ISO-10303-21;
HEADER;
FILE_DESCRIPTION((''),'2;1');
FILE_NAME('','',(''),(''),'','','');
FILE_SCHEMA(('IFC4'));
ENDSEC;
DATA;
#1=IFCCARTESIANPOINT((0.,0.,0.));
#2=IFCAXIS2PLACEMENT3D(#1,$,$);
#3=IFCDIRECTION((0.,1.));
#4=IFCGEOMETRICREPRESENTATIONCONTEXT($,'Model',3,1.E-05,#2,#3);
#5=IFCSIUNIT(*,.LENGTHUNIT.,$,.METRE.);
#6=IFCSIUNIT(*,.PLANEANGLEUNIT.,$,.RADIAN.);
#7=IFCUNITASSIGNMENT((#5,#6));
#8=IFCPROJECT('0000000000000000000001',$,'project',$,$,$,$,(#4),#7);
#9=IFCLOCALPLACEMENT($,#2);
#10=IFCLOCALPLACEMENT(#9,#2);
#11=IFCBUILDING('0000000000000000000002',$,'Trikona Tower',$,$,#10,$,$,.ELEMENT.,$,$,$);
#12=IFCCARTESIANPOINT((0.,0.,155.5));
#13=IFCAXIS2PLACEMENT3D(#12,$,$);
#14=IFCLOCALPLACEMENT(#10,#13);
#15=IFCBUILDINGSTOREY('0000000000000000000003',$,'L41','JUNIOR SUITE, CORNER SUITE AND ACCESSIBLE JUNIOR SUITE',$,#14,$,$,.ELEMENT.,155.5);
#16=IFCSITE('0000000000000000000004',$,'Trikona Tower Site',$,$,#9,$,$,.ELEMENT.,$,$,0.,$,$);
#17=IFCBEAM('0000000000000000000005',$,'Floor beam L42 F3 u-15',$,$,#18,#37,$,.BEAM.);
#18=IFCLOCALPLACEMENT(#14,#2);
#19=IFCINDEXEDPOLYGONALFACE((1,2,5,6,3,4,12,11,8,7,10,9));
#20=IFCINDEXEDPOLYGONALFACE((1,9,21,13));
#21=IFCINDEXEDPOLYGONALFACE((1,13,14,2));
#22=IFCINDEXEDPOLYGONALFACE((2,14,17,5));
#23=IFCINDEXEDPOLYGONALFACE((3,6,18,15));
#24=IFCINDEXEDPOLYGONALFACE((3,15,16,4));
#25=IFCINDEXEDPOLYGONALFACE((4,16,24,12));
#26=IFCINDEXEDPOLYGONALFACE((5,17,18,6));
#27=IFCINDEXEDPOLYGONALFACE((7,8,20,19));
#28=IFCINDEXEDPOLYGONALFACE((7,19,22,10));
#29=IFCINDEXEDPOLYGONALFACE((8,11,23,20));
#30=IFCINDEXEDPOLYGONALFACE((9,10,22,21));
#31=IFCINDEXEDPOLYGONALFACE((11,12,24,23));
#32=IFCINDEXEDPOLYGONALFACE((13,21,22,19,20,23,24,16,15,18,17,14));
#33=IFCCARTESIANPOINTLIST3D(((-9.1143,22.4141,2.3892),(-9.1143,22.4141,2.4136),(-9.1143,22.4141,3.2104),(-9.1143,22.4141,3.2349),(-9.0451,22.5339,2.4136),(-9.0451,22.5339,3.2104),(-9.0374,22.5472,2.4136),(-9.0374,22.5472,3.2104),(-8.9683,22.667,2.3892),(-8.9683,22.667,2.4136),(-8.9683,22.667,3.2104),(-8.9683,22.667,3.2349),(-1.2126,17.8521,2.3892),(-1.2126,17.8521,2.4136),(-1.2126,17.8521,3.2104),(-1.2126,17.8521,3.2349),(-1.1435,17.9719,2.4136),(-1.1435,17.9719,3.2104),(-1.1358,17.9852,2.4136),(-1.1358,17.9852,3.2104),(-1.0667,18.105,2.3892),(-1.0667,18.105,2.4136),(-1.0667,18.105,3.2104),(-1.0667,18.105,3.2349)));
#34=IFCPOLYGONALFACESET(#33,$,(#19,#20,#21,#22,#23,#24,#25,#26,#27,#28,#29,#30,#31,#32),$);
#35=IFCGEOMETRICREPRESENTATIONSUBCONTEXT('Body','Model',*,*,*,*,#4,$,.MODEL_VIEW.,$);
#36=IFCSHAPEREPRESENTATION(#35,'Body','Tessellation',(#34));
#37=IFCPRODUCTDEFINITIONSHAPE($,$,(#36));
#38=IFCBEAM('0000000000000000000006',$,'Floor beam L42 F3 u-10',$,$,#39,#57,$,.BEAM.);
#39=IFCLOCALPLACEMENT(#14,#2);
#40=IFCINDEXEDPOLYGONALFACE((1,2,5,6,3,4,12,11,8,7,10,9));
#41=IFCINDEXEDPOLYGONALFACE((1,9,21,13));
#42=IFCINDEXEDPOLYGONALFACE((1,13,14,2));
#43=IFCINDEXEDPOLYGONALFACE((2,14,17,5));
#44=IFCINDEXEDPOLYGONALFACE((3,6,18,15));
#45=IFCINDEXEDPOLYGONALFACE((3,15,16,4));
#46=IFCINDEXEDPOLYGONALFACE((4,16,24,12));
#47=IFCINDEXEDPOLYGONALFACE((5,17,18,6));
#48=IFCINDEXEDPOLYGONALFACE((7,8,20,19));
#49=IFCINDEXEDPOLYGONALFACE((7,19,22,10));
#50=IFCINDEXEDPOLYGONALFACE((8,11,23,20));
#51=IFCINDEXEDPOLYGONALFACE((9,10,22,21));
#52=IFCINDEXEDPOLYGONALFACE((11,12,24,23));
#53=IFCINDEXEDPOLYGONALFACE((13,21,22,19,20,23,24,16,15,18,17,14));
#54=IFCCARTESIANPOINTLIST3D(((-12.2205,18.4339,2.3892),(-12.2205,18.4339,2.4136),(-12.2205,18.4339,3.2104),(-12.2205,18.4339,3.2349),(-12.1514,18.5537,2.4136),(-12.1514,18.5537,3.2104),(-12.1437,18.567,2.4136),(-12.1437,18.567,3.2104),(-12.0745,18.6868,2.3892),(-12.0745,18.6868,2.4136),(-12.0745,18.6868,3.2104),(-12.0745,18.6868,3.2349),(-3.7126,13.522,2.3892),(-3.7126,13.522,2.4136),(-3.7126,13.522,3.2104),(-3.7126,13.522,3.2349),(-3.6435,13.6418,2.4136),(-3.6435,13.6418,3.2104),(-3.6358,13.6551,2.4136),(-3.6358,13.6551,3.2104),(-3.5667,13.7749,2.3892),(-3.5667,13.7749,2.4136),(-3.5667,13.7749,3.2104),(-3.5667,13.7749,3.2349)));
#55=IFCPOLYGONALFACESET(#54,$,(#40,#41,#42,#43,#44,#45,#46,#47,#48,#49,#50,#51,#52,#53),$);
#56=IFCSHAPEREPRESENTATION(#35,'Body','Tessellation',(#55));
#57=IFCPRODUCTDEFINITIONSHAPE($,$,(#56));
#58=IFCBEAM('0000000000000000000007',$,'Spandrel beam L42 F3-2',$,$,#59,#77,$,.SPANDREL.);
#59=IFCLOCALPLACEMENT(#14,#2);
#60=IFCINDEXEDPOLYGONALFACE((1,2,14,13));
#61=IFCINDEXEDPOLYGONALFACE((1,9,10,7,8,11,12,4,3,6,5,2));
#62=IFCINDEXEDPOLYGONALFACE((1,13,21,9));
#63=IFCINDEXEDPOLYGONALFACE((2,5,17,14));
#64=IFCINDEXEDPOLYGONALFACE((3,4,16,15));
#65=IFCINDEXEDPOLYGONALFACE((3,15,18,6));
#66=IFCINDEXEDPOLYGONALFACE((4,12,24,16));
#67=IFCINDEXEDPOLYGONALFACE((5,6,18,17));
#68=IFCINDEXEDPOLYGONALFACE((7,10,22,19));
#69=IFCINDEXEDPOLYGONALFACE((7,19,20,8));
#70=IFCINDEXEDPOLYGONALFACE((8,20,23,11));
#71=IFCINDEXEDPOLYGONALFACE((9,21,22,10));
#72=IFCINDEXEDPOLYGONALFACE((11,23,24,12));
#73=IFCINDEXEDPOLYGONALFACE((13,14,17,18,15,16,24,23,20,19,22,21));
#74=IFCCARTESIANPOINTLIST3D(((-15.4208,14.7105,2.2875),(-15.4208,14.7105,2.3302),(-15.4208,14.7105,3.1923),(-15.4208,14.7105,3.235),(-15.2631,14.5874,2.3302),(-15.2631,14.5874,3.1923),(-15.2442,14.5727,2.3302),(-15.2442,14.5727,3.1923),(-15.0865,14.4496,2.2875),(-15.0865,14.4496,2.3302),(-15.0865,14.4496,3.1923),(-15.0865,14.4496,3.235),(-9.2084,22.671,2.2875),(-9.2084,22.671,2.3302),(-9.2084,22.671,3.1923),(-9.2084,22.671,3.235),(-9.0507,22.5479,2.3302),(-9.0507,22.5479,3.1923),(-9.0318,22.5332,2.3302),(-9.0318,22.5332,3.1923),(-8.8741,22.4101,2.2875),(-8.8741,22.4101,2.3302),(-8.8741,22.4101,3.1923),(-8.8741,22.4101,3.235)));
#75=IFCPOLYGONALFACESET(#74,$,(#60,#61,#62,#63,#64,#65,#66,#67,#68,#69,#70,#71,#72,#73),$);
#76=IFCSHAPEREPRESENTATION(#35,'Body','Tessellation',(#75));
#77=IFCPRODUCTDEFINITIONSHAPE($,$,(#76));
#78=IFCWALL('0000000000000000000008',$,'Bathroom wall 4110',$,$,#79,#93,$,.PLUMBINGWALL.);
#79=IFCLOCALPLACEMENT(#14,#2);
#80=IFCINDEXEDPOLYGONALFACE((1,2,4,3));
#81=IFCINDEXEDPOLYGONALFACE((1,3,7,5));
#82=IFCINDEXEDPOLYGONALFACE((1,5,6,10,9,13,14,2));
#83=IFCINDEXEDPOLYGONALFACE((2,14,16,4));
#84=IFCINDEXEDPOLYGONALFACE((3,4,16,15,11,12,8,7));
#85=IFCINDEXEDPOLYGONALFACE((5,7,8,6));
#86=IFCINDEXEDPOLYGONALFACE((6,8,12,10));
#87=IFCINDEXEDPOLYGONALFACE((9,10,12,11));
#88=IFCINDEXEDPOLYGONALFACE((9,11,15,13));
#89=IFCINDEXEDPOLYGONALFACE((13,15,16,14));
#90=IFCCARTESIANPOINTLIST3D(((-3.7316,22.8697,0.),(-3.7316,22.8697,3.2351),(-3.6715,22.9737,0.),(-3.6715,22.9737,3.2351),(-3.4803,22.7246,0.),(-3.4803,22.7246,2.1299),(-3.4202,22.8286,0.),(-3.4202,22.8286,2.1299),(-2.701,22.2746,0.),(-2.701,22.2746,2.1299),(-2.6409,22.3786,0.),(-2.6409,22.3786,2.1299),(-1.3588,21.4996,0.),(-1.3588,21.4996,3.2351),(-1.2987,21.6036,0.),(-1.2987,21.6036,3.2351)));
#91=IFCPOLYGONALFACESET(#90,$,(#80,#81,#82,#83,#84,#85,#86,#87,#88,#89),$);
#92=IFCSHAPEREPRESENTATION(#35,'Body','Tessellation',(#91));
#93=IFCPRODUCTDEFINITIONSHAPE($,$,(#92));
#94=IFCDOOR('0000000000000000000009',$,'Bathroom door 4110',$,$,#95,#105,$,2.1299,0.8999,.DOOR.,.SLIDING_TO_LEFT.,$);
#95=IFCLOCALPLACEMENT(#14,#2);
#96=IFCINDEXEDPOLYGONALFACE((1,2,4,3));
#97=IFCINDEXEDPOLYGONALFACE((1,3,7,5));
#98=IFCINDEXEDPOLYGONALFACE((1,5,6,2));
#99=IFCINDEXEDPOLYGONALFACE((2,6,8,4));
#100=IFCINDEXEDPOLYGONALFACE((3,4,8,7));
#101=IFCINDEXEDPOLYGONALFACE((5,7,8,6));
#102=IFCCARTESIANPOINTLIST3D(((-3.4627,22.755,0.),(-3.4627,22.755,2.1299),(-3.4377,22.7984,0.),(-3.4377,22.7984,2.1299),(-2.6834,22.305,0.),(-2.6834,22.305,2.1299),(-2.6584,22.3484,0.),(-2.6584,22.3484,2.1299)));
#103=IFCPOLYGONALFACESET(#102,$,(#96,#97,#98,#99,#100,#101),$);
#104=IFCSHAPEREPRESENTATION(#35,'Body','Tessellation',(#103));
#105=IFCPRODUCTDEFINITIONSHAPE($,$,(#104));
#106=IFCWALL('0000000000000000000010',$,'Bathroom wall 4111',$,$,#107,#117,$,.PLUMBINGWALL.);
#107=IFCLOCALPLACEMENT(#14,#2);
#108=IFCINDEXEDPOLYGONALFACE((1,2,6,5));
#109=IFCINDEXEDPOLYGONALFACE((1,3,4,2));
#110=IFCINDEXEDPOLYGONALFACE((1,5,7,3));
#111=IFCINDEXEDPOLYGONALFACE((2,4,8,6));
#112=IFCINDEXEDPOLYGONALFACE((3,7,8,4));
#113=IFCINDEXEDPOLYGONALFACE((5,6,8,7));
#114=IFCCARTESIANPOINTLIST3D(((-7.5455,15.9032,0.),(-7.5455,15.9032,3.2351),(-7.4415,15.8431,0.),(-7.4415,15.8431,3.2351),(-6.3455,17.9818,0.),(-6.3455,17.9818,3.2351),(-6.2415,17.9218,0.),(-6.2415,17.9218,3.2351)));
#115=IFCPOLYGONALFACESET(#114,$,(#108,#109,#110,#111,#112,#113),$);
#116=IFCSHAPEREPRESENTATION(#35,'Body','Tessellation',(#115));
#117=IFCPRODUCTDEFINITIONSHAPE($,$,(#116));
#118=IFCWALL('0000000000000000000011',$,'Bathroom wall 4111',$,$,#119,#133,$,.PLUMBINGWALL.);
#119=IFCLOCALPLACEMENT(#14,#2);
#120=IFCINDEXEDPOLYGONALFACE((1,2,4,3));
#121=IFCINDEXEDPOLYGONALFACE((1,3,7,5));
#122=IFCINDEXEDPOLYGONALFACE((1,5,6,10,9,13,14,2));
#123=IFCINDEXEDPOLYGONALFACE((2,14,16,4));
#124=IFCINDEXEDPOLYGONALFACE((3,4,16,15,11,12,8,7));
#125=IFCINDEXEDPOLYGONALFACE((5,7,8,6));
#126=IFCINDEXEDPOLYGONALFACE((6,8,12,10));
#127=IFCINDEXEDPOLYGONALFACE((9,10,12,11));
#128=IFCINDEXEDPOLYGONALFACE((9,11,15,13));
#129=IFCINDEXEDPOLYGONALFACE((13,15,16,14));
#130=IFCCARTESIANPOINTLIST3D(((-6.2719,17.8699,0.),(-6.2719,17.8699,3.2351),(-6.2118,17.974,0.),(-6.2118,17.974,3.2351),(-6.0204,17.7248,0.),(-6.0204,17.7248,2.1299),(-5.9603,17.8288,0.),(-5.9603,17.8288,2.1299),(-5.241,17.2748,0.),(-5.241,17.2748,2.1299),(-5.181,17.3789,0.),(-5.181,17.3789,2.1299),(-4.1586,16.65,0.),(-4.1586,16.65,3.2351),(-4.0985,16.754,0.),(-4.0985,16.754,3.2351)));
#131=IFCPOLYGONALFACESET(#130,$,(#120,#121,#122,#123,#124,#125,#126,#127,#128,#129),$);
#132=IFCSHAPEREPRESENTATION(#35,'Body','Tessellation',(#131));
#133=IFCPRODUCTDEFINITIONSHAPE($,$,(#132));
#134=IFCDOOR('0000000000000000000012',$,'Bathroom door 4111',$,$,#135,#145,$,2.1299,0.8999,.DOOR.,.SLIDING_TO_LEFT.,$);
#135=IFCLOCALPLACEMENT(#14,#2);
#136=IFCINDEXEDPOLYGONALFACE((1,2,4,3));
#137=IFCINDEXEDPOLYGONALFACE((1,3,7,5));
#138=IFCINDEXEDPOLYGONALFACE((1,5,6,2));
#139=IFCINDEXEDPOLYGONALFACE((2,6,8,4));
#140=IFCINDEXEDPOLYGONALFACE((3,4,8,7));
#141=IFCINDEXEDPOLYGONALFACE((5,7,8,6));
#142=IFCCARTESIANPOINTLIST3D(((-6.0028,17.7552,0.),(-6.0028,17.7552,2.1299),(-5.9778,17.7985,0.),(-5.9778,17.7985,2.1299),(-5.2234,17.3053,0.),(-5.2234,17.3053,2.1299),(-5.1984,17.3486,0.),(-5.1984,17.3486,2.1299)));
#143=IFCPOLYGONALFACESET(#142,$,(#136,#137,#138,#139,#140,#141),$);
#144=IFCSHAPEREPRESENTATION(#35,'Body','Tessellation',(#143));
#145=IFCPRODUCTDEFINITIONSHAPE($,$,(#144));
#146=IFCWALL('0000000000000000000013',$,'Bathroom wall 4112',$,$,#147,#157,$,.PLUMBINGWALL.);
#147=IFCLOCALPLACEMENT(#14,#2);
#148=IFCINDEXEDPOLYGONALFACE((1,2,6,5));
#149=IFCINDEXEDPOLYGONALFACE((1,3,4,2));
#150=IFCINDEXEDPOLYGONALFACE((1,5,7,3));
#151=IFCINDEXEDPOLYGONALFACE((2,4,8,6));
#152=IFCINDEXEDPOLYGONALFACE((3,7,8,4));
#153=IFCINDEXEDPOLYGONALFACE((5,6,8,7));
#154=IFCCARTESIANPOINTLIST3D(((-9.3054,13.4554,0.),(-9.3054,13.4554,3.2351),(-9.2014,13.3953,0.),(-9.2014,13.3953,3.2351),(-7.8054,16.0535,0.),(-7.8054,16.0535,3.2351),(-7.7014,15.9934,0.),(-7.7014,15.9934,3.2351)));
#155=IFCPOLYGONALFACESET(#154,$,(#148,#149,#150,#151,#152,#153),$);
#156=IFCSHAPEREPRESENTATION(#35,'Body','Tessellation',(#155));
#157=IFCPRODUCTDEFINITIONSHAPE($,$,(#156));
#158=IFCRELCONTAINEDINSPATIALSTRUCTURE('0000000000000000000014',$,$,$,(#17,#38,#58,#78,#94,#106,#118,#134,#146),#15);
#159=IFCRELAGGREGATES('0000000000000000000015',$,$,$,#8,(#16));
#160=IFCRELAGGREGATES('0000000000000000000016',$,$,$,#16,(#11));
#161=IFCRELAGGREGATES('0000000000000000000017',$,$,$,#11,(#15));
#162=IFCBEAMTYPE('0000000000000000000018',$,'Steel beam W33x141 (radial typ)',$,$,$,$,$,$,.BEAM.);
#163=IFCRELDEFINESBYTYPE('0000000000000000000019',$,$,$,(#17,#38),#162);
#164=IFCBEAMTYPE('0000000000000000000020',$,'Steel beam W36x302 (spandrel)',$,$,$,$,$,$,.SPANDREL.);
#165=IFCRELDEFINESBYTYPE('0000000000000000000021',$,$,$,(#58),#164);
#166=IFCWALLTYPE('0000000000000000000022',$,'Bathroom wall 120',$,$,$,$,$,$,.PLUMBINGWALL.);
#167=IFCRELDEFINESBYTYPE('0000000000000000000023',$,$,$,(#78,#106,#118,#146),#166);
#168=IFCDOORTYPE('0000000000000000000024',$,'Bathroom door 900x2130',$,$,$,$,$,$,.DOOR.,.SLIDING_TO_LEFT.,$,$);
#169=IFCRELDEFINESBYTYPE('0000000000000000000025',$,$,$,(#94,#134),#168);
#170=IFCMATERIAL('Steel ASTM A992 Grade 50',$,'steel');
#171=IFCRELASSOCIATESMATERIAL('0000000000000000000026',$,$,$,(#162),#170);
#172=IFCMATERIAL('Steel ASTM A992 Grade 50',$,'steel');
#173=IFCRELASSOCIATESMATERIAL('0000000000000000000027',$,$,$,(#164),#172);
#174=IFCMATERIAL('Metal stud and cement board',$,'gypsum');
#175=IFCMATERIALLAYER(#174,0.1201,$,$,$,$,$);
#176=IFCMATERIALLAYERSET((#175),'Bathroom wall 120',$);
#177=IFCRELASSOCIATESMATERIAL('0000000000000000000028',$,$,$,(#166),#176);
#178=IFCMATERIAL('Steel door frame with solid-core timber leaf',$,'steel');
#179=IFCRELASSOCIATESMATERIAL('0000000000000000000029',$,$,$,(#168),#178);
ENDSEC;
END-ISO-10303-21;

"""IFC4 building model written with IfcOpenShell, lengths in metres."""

from ifc_helpers import new_model, si_unit, direction, frame, frame_2d, origin, origin_2d, place, context, subcontext, project, spatial, rectangle, i_section, extrude, material, layer, layer_set, material_profile, profile_set, type_object, element, fill, save


model = new_model("IFC4")

# Units and contexts
model_context = context("Model", 3, precision=1e-05, world=origin(), true_north=direction((0.0, 1.0)))
body_context = subcontext(model_context, "Body", "Model", "MODEL_VIEW")
ifc_project = project(units=[si_unit("LENGTHUNIT", "METRE"), si_unit("PLANEANGLEUNIT", "RADIAN")], contexts=[model_context])

# Site, building, storey
site_placement = place(None, origin())
site = spatial("IfcSite", under=ifc_project, at=site_placement, Name="Trikona Tower Site", CompositionType="ELEMENT", RefElevation=0.0)
building_placement = place(site_placement, origin())
building = spatial("IfcBuilding", under=site, at=building_placement, Name="Trikona Tower", CompositionType="ELEMENT")
storey_placement = place(building_placement, frame((0.0, 0.0, 155.5)))
storey = spatial("IfcBuildingStorey", under=building, at=storey_placement, Name="L41", Description="JUNIOR SUITE, CORNER SUITE AND ACCESSIBLE JUNIOR SUITE", CompositionType="ELEMENT", Elevation=155.5)

# Beams
ifc_material_1 = material(Name="Steel ASTM A992 Grade 50", Category="steel")
ifc_material_profile_1 = material_profile(ifc_material_1, i_section(OverallWidth=0.292, OverallDepth=0.8457, WebThickness=0.0154, FlangeThickness=0.0244, at=origin_2d()), Name="W33X141")
ifc_profile_set_1 = profile_set([ifc_material_profile_1], Name="Steel ASTM A992 Grade 50")
beam_type_1 = type_object("IfcBeamType", Name="Steel beam W33x141 (radial typ)", PredefinedType="BEAM", material=ifc_profile_set_1)
beam_1_placement = place(storey_placement, frame((-1.1396, 17.9785, 2.812), z_axis=(-0.866025, 0.500001, 0.0), x_axis=(-0.500001, -0.866025, 0.0)))
element("IfcBeam", 1, at=beam_1_placement, inside=storey, type_object=beam_type_1, Name="Floor beam L42 F3 u-15", PredefinedType="BEAM", context=body_context, shape_type="SweptSolid", body=[
    extrude(i_section(OverallWidth=0.292, OverallDepth=0.8457, WebThickness=0.0154, FlangeThickness=0.0244, at=origin_2d()), origin(), (0.0, 0.0, 1.0), 9.124),
])
beam_2_placement = place(storey_placement, frame((-3.6396, 13.6484, 2.812), z_axis=(-0.866031, 0.499991, 0.0), x_axis=(-0.499991, -0.866031, 0.0)))
element("IfcBeam", 2, at=beam_2_placement, inside=storey, type_object=beam_type_1, Name="Floor beam L42 F3 u-10", PredefinedType="BEAM", context=body_context, shape_type="SweptSolid", body=[
    extrude(i_section(OverallWidth=0.292, OverallDepth=0.8457, WebThickness=0.0154, FlangeThickness=0.0244, at=origin_2d()), origin(), (0.0, 0.0, 1.0), 9.824),
])
ifc_material_2 = material(Name="Steel ASTM A992 Grade 50", Category="steel")
ifc_material_profile_2 = material_profile(ifc_material_2, i_section(OverallWidth=0.4241, OverallDepth=0.9475, WebThickness=0.0239, FlangeThickness=0.0427, at=origin_2d()), Name="W36X302")
ifc_profile_set_2 = profile_set([ifc_material_profile_2], Name="Steel ASTM A992 Grade 50")
beam_type_2 = type_object("IfcBeamType", Name="Steel beam W36x302 (spandrel)", PredefinedType="SPANDREL", material=ifc_profile_set_2)
beam_3_placement = place(storey_placement, frame((-9.0413, 22.5405, 2.7612), z_axis=(-0.615232, -0.788346, 0.0), x_axis=(0.788346, -0.615232, 0.0)))
element("IfcBeam", 3, at=beam_3_placement, inside=storey, type_object=beam_type_2, Name="Spandrel beam L42 F3-2", PredefinedType="SPANDREL", context=body_context, shape_type="SweptSolid", body=[
    extrude(i_section(OverallWidth=0.4241, OverallDepth=0.9475, WebThickness=0.0239, FlangeThickness=0.0427, at=origin_2d()), origin(), (0.0, 0.0, 1.0), 10.0977),
])

# Wall, opening, door
ifc_material_3 = material(Name="Metal stud and cement board", Category="gypsum")
ifc_layer_1 = layer(ifc_material_3, 0.1201)
ifc_layer_set_1 = layer_set([ifc_layer_1], Name="Bathroom wall 120")
wall_type_1 = type_object("IfcWallType", Name="Bathroom wall 120", PredefinedType="PLUMBINGWALL", material=ifc_layer_set_1)
wall_1_placement = place(storey_placement, frame((-1.3286, 21.5515, 0.0), z_axis=(0.0, 0.0, 1.0), x_axis=(-0.865997, 0.500049, 0.0)))
wall_1 = element("IfcWall", 4, at=wall_1_placement, inside=storey, type_object=wall_type_1, Name="Bathroom wall 4110", PredefinedType="PLUMBINGWALL", context=body_context, shape_type="SweptSolid", body=[
    extrude(rectangle(XDim=2.74, YDim=0.1201, at=frame_2d((1.3701, 0.0))), origin(), (0.0, 0.0, 1.0), 3.2351),
])
opening_1_placement = place(wall_1_placement, frame((1.55, 0.0, 0.0)))
opening_1 = element("IfcOpeningElement", 5, at=opening_1_placement, cuts=wall_1, PredefinedType="OPENING", context=body_context, shape_type="SweptSolid", body=[
    extrude(rectangle(XDim=0.8999, YDim=2.1299, at=frame_2d((0.45, 1.0649))), frame((0.0, 0.0701, 0.0), z_axis=(0.0, -1.0, 0.0), x_axis=(1.0, 0.0, 0.0)), (0.0, 0.0, 1.0), 0.1401),
])
ifc_material_4 = material(Name="Steel door frame with solid-core timber leaf", Category="steel")
door_type_1 = type_object("IfcDoorType", Name="Bathroom door 900x2130", OperationType="SLIDING_TO_LEFT", PredefinedType="DOOR", material=ifc_material_4)
door_1_placement = place(opening_1_placement, origin())
door_1 = element("IfcDoor", 6, at=door_1_placement, inside=storey, type_object=door_type_1, Name="Bathroom door 4110", OperationType="SLIDING_TO_LEFT", OverallHeight=2.1299, OverallWidth=0.8999, PredefinedType="DOOR", context=body_context, shape_type="SweptSolid", body=[
    extrude(rectangle(XDim=0.8999, YDim=2.1299, at=frame_2d((0.45, 1.0649))), frame((0.0, 0.0249, 0.0), z_axis=(0.0, -1.0, 0.0), x_axis=(1.0, 0.0, 0.0)), (0.0, 0.0, 1.0), 0.05),
])
fill(opening_1, door_1)

# Wall
wall_2_placement = place(storey_placement, frame((-6.2935, 17.9519, 0.0), z_axis=(0.0, 0.0, 1.0), x_axis=(-0.499957, -0.86605, 0.0)))
element("IfcWall", 7, at=wall_2_placement, inside=storey, type_object=wall_type_1, Name="Bathroom wall 4111", PredefinedType="PLUMBINGWALL", context=body_context, shape_type="SweptSolid", body=[
    extrude(rectangle(XDim=2.4001, YDim=0.1201, at=frame_2d((1.2002, 0.0))), origin(), (0.0, 0.0, 1.0), 3.2351),
])

# Wall, opening, door
wall_3_placement = place(storey_placement, frame((-4.1284, 16.7019, 0.0), z_axis=(0.0, 0.0, 1.0), x_axis=(-0.866049, 0.499959, 0.0)))
wall_3 = element("IfcWall", 8, at=wall_3_placement, inside=storey, type_object=wall_type_1, Name="Bathroom wall 4111", PredefinedType="PLUMBINGWALL", context=body_context, shape_type="SweptSolid", body=[
    extrude(rectangle(XDim=2.4402, YDim=0.1201, at=frame_2d((1.2202, 0.0))), origin(), (0.0, 0.0, 1.0), 3.2351),
])
opening_2_placement = place(wall_3_placement, frame((1.25, 0.0, 0.0)))
opening_2 = element("IfcOpeningElement", 9, at=opening_2_placement, cuts=wall_3, PredefinedType="OPENING", context=body_context, shape_type="SweptSolid", body=[
    extrude(rectangle(XDim=0.8999, YDim=2.1299, at=frame_2d((0.45, 1.0649))), frame((0.0, 0.0701, 0.0), z_axis=(0.0, -1.0, 0.0), x_axis=(1.0, 0.0, 0.0)), (0.0, 0.0, 1.0), 0.1401),
])
door_2_placement = place(opening_2_placement, origin())
door_2 = element("IfcDoor", 10, at=door_2_placement, inside=storey, type_object=door_type_1, Name="Bathroom door 4111", OperationType="SLIDING_TO_LEFT", OverallHeight=2.1299, OverallWidth=0.8999, PredefinedType="DOOR", context=body_context, shape_type="SweptSolid", body=[
    extrude(rectangle(XDim=0.8999, YDim=2.1299, at=frame_2d((0.45, 1.0649))), frame((0.0, 0.0249, 0.0), z_axis=(0.0, -1.0, 0.0), x_axis=(1.0, 0.0, 0.0)), (0.0, 0.0, 1.0), 0.05),
])
fill(opening_2, door_2)

# Wall
wall_4_placement = place(storey_placement, frame((-7.7534, 16.0234, 0.0), z_axis=(0.0, 0.0, 1.0), x_axis=(-0.49999, -0.866031, 0.0)))
element("IfcWall", 11, at=wall_4_placement, inside=storey, type_object=wall_type_1, Name="Bathroom wall 4112", PredefinedType="PLUMBINGWALL", context=body_context, shape_type="SweptSolid", body=[
    extrude(rectangle(XDim=3.0, YDim=0.1201, at=frame_2d((1.5, 0.0))), origin(), (0.0, 0.0, 1.0), 3.2351),
])

save(model, "model.ifc")
